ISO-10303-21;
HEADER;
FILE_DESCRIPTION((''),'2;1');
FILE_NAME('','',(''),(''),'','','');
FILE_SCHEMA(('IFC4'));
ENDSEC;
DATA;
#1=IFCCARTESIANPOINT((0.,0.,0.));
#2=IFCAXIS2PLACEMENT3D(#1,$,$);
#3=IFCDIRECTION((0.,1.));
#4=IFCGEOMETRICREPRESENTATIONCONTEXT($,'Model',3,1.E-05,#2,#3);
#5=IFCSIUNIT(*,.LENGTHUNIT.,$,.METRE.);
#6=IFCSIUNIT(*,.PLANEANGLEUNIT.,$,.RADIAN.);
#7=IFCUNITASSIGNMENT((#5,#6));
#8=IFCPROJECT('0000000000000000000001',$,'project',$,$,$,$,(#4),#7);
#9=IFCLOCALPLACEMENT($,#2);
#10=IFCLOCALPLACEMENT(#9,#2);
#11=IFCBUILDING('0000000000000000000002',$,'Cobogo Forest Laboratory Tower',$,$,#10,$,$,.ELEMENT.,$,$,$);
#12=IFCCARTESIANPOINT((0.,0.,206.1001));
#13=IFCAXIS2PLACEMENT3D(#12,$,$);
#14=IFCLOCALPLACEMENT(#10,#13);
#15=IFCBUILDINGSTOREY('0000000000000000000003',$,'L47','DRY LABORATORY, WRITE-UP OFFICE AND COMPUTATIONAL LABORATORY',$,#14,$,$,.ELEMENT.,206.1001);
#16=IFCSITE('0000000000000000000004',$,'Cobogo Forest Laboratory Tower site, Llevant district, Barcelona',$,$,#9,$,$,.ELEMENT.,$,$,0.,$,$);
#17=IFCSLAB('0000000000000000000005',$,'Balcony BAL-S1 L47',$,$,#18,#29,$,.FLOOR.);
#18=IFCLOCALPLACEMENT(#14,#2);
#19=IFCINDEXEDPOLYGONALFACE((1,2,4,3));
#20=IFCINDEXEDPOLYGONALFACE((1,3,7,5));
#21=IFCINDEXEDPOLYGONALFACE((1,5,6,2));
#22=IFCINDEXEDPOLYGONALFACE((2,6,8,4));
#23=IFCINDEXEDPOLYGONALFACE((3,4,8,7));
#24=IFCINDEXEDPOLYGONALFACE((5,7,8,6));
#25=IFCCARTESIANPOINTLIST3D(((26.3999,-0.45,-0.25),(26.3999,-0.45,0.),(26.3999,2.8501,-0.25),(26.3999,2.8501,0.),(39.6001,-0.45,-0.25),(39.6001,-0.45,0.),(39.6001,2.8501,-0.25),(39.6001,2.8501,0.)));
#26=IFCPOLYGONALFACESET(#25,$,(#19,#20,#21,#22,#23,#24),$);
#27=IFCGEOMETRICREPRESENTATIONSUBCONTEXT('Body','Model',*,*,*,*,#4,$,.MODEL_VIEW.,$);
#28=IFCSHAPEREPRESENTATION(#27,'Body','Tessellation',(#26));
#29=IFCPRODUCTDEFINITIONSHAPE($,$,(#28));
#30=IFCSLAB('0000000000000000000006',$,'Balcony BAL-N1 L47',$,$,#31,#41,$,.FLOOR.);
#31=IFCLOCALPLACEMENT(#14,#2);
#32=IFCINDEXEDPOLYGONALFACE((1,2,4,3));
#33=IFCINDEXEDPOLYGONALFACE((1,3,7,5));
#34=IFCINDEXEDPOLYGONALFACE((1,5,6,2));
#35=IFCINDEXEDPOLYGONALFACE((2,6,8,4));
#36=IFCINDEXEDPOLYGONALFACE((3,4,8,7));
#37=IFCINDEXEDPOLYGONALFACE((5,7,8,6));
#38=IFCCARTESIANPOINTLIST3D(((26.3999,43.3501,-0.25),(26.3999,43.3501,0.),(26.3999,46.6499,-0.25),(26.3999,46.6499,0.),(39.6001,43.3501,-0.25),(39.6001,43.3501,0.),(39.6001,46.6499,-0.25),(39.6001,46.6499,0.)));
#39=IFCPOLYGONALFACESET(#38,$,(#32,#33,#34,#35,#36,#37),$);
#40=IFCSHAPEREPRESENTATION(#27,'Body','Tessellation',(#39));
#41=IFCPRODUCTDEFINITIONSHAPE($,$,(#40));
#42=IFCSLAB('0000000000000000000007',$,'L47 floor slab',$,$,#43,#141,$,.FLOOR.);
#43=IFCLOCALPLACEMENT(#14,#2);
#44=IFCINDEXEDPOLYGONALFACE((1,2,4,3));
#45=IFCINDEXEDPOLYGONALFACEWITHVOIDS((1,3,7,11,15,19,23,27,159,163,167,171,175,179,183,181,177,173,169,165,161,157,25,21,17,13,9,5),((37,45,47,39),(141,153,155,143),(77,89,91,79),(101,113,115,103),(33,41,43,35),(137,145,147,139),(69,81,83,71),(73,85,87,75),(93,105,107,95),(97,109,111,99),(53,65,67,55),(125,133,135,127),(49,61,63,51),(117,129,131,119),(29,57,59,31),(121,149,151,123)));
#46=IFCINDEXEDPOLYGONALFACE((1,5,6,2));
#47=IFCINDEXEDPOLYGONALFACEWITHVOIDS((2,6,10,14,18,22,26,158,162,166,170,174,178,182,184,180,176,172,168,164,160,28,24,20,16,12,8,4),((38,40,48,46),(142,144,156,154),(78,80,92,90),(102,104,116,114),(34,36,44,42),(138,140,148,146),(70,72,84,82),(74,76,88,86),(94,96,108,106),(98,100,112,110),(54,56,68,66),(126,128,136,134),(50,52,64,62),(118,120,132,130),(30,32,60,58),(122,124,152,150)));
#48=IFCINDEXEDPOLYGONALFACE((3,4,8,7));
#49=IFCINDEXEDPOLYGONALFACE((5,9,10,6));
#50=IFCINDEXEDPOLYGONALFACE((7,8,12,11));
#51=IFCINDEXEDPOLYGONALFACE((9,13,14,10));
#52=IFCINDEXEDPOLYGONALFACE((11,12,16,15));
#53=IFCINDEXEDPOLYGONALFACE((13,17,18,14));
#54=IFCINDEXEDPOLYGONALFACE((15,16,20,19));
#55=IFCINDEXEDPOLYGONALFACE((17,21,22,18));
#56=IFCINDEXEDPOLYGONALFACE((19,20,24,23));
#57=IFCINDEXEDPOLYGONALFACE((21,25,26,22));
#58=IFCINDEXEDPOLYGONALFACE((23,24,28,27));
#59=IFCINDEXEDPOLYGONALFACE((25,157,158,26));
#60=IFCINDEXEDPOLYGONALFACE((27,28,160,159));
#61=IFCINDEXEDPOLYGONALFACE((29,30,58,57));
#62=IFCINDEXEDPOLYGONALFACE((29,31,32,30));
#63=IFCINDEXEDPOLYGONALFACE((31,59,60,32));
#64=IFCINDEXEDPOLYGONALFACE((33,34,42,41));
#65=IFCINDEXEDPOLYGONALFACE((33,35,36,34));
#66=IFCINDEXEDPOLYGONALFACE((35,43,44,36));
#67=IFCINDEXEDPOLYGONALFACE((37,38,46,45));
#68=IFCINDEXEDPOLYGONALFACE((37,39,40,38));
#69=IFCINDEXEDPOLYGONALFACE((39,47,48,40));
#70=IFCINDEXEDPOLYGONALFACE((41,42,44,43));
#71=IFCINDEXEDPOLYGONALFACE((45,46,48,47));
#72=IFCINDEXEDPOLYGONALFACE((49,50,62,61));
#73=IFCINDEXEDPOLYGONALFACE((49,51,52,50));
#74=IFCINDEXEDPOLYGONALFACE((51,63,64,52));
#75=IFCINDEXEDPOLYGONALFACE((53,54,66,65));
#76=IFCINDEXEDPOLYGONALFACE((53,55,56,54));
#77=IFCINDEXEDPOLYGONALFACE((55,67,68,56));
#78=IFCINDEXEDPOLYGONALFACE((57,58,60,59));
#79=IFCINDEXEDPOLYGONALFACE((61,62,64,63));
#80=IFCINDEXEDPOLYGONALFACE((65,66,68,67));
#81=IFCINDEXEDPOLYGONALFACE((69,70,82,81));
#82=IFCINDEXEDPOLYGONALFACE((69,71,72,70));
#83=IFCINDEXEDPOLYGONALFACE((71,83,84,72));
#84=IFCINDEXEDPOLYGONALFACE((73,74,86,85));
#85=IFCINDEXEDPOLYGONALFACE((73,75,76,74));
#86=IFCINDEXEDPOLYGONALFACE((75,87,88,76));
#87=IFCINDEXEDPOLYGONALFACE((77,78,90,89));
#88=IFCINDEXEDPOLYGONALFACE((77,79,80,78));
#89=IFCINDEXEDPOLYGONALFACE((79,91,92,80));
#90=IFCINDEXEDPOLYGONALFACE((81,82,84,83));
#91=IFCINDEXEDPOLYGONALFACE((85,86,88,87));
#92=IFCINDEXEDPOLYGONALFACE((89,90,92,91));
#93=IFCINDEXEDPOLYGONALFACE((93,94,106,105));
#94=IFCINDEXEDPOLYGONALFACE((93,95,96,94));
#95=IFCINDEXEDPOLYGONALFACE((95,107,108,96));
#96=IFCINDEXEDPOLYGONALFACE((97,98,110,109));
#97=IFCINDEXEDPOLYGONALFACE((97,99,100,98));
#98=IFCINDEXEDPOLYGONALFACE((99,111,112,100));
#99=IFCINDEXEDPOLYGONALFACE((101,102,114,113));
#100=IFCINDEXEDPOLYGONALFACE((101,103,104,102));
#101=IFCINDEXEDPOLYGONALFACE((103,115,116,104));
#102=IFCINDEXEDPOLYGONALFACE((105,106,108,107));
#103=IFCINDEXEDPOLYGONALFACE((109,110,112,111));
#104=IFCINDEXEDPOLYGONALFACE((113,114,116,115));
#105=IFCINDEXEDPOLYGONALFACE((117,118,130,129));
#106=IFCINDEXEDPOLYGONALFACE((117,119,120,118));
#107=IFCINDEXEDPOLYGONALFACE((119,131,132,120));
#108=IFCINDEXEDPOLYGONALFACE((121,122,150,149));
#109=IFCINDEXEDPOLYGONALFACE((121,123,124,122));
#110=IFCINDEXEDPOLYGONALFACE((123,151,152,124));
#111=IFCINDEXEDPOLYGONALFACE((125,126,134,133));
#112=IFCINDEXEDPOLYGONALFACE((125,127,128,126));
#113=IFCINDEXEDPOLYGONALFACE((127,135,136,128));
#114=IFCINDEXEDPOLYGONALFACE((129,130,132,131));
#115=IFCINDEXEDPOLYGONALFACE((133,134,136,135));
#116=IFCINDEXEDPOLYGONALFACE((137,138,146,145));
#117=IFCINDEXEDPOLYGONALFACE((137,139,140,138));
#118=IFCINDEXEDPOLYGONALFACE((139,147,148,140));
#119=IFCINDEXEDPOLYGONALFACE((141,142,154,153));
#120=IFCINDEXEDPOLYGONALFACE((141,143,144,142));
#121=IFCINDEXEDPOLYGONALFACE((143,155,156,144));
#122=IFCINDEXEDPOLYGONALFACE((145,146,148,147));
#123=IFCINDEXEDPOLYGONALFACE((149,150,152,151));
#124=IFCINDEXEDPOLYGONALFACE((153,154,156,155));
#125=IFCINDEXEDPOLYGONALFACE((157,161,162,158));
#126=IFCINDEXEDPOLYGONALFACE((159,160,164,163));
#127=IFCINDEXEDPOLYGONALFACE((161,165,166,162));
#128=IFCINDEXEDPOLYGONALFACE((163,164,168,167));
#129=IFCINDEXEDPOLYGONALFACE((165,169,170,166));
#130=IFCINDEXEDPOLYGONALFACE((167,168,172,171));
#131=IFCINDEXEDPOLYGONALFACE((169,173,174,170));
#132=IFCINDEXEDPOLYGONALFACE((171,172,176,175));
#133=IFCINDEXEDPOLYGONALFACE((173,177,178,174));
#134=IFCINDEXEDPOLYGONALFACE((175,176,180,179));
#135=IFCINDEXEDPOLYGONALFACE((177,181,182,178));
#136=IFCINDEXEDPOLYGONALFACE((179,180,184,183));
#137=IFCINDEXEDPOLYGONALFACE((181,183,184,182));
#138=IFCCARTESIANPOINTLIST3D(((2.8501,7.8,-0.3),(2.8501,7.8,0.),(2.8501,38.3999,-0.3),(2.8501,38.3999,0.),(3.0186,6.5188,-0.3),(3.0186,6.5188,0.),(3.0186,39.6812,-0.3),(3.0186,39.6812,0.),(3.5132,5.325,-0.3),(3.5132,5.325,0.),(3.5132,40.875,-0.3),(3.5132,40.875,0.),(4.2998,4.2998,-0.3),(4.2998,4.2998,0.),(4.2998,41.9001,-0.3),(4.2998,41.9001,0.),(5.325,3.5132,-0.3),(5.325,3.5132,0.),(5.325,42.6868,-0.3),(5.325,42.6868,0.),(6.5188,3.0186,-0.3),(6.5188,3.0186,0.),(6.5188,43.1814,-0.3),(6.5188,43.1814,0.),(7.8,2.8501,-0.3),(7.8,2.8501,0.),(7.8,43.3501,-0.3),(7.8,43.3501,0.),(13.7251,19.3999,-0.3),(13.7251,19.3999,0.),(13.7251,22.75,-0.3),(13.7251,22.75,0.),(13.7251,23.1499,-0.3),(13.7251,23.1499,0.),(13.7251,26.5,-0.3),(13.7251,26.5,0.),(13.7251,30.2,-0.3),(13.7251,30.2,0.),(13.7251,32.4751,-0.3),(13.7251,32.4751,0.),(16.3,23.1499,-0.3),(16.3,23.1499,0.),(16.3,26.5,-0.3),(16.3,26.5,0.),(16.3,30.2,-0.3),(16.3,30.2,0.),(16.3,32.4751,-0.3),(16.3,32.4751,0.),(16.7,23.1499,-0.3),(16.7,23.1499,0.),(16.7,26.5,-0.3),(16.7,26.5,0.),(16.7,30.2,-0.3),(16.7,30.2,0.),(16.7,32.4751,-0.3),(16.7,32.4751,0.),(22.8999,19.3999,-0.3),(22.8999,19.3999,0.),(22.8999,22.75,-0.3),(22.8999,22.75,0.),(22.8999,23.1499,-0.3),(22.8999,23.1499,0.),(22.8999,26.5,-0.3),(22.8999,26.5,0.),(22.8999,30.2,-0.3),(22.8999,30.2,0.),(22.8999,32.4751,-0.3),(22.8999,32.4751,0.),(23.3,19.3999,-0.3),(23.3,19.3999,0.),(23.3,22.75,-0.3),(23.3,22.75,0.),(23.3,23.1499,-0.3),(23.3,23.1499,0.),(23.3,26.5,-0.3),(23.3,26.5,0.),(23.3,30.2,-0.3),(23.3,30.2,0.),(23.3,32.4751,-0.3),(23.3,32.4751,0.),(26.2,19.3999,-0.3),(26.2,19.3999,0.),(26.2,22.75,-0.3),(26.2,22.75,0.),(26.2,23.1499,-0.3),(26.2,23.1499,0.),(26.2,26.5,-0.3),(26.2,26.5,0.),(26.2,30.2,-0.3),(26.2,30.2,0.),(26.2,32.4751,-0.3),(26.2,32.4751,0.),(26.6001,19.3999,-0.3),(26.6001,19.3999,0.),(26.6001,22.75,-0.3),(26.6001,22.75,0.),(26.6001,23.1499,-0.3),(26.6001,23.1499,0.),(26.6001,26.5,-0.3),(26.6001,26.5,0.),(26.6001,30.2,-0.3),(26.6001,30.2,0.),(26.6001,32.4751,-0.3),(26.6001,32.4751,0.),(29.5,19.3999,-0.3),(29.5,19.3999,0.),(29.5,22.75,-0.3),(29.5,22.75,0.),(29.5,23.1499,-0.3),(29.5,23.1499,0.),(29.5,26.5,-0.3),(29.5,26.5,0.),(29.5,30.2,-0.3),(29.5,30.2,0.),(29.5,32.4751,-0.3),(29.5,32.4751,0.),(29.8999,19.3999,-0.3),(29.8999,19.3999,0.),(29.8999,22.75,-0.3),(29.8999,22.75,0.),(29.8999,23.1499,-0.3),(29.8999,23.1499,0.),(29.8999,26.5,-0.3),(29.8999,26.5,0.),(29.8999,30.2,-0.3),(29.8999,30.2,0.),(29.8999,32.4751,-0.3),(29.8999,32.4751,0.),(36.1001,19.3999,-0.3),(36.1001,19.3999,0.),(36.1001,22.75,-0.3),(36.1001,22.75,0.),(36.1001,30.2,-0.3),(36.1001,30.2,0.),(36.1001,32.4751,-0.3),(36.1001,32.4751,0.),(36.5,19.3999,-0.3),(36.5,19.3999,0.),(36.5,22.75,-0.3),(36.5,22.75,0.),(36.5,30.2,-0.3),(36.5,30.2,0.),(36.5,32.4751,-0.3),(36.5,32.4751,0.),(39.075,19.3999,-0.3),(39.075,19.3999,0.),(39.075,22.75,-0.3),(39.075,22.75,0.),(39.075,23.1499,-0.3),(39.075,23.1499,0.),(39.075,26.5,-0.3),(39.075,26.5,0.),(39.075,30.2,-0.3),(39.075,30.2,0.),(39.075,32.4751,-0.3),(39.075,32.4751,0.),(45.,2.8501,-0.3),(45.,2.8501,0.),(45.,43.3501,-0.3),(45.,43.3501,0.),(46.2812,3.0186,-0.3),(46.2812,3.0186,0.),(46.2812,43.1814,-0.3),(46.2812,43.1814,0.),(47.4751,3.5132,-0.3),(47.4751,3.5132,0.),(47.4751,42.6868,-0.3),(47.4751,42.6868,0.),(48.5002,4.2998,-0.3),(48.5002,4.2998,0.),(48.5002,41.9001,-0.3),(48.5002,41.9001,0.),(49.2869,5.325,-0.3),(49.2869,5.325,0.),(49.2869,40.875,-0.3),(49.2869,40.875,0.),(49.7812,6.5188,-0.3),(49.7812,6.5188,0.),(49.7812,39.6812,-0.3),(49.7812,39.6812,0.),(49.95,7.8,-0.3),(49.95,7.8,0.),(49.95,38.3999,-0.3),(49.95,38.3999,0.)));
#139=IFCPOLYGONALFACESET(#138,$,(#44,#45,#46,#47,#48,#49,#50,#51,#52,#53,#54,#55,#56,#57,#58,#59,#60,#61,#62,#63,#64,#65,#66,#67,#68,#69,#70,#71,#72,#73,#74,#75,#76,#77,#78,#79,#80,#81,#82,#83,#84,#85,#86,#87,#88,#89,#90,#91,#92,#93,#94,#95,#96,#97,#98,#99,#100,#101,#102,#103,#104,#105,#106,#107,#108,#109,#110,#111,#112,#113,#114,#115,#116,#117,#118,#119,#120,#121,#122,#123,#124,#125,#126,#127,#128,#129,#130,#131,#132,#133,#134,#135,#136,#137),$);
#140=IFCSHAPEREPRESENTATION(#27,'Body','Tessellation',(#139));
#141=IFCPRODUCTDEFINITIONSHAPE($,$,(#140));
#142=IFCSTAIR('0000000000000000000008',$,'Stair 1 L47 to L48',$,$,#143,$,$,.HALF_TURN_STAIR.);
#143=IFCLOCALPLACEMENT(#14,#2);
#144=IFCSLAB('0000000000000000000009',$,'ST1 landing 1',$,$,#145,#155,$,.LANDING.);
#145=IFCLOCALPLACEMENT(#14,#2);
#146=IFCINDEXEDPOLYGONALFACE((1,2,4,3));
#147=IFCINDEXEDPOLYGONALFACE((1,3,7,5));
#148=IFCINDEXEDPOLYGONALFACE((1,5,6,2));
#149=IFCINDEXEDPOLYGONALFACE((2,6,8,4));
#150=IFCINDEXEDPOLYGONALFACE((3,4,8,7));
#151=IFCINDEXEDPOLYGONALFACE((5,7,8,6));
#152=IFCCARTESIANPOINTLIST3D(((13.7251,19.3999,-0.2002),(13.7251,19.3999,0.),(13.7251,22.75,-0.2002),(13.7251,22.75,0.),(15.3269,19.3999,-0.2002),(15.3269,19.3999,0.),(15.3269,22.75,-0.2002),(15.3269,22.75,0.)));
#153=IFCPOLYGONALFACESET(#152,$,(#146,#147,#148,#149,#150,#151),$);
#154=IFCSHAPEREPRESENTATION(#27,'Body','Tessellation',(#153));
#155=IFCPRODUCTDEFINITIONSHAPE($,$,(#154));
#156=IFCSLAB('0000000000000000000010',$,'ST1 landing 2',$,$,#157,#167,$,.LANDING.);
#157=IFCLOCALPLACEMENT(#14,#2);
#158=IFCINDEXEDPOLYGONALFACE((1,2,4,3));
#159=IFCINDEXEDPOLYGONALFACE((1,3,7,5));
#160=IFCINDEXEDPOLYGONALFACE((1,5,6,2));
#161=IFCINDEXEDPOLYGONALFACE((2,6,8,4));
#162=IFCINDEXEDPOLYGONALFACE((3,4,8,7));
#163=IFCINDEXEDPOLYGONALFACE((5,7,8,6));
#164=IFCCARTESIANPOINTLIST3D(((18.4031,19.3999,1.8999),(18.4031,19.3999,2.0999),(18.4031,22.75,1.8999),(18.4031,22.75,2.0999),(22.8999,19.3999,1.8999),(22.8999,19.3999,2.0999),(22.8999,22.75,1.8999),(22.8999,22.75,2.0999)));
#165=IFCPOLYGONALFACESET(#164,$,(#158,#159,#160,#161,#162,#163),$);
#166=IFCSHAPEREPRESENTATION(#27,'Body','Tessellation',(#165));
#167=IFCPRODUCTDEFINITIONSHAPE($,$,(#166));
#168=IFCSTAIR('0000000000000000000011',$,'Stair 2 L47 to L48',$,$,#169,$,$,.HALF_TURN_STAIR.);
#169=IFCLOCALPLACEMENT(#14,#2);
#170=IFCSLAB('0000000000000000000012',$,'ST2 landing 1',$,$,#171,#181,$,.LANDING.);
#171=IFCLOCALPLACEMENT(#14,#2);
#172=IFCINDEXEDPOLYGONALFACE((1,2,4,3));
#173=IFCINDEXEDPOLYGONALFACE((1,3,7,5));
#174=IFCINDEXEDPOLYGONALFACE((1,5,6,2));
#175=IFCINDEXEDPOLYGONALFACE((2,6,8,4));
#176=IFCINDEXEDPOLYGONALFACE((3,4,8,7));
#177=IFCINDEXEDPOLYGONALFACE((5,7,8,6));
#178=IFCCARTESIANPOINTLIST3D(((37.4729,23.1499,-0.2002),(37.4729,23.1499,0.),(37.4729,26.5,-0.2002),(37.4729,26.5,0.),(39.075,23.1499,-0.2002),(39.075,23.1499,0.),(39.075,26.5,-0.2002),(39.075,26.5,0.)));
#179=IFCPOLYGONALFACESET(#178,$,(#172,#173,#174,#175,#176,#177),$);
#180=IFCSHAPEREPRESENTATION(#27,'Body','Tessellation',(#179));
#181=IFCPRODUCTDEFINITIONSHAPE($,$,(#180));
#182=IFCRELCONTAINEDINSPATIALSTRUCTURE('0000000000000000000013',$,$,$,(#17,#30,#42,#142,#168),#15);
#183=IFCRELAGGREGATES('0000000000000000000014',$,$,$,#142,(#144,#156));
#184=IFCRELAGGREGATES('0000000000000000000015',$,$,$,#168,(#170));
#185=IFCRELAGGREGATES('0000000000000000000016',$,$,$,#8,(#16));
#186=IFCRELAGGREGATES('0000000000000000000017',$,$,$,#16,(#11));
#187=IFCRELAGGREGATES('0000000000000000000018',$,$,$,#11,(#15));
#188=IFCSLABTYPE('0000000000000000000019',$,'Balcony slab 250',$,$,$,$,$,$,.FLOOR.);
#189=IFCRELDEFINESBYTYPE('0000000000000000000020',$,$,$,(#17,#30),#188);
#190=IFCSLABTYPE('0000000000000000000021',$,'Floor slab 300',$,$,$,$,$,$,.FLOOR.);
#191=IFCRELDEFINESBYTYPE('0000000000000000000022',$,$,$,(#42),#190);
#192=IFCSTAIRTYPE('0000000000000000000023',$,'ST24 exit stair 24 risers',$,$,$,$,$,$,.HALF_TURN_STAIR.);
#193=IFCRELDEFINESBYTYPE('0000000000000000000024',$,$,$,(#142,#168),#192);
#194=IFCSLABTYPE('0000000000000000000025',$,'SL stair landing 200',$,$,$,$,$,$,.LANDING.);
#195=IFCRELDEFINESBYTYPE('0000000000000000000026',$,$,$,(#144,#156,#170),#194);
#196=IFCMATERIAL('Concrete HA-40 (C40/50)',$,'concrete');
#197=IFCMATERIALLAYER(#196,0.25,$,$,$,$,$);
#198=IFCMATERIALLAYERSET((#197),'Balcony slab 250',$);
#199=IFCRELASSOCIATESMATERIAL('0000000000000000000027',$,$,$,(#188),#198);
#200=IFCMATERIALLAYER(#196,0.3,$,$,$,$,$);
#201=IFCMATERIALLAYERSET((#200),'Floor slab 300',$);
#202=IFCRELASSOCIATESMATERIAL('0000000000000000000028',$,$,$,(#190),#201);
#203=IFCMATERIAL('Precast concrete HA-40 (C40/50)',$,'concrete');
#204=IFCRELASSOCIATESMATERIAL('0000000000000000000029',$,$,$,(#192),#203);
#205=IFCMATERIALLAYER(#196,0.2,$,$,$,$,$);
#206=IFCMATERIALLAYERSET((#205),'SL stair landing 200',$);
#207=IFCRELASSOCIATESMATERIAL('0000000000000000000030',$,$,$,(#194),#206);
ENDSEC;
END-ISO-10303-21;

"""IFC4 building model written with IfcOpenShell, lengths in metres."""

from ifc_helpers import new_model, si_unit, direction, frame, origin, place, context, subcontext, project, spatial, polyline, outline, extrude, material, layer, layer_set, type_object, element, aggregate, save


model = new_model("IFC4")

# Units and contexts
model_context = context("Model", 3, precision=1e-05, world=origin(), true_north=direction((0.0, 1.0)))
body_context = subcontext(model_context, "Body", "Model", "MODEL_VIEW")
ifc_project = project(units=[si_unit("LENGTHUNIT", "METRE"), si_unit("PLANEANGLEUNIT", "RADIAN")], contexts=[model_context])

# Site, building, storey
site_placement = place(None, origin())
site = spatial("IfcSite", under=ifc_project, at=site_placement, Name="Cobogo Forest Laboratory Tower site, Llevant district, Barcelona", CompositionType="ELEMENT", RefElevation=0.0)
building_placement = place(site_placement, origin())
building = spatial("IfcBuilding", under=site, at=building_placement, Name="Cobogo Forest Laboratory Tower", CompositionType="ELEMENT")
storey_placement = place(building_placement, frame((0.0, 0.0, 206.1001)))
storey = spatial("IfcBuildingStorey", under=building, at=storey_placement, Name="L47", Description="DRY LABORATORY, WRITE-UP OFFICE AND COMPUTATIONAL LABORATORY", CompositionType="ELEMENT", Elevation=206.1001)

# Slabs
ifc_material_1 = material(Name="Concrete HA-40 (C40/50)", Category="concrete")
ifc_layer_1 = layer(ifc_material_1, 0.25)
ifc_layer_set_1 = layer_set([ifc_layer_1], Name="Balcony slab 250")
slab_type_1 = type_object("IfcSlabType", Name="Balcony slab 250", PredefinedType="FLOOR", material=ifc_layer_set_1)
slab_1_placement = place(storey_placement, frame((0.0, 0.0, -0.25)))
element("IfcSlab", 1, at=slab_1_placement, inside=storey, type_object=slab_type_1, Name="Balcony BAL-S1 L47", PredefinedType="FLOOR", context=body_context, shape_type="SweptSolid", body=[
    extrude(outline(polyline([(26.3999, -0.45), (39.6001, -0.45), (39.6001, 2.8501), (26.3999, 2.8501), (26.3999, -0.45)])), origin(), (0.0, 0.0, 1.0), 0.25),
])
slab_2_placement = place(storey_placement, frame((0.0, 0.0, -0.25)))
element("IfcSlab", 2, at=slab_2_placement, inside=storey, type_object=slab_type_1, Name="Balcony BAL-N1 L47", PredefinedType="FLOOR", context=body_context, shape_type="SweptSolid", body=[
    extrude(outline(polyline([(26.3999, 43.3501), (39.6001, 43.3501), (39.6001, 46.6499), (26.3999, 46.6499), (26.3999, 43.3501)])), origin(), (0.0, 0.0, 1.0), 0.25),
])
ifc_layer_2 = layer(ifc_material_1, 0.3)
ifc_layer_set_2 = layer_set([ifc_layer_2], Name="Floor slab 300")
slab_type_2 = type_object("IfcSlabType", Name="Floor slab 300", PredefinedType="FLOOR", material=ifc_layer_set_2)
slab_3_placement = place(storey_placement, frame((0.0, 0.0, -0.3)))
element("IfcSlab", 3, at=slab_3_placement, inside=storey, type_object=slab_type_2, Name="L47 floor slab", PredefinedType="FLOOR", context=body_context, shape_type="SweptSolid", body=[
    extrude(outline(polyline([(45.0, 2.8501), (46.2812, 3.0186), (47.4751, 3.5132), (48.5002, 4.2998), (49.2869, 5.325), (49.7812, 6.5188), (49.95, 7.8), (49.95, 38.3999), (49.7812, 39.6812), (49.2869, 40.875), (48.5002, 41.9001), (47.4751, 42.6868), (46.2812, 43.1814), (45.0, 43.3501), (7.8, 43.3501), (6.5188, 43.1814), (5.325, 42.6868), (4.2998, 41.9001), (3.5132, 40.875), (3.0186, 39.6812), (2.8501, 38.3999), (2.8501, 7.8), (3.0186, 6.5188), (3.5132, 5.325), (4.2998, 4.2998), (5.325, 3.5132), (6.5188, 3.0186), (7.8, 2.8501), (45.0, 2.8501)]), holes=[polyline([(22.8999, 19.3999), (13.7251, 19.3999), (13.7251, 22.75), (22.8999, 22.75), (22.8999, 19.3999)]), polyline([(26.2, 19.3999), (23.3, 19.3999), (23.3, 22.75), (26.2, 22.75), (26.2, 19.3999)]), polyline([(29.5, 19.3999), (26.6001, 19.3999), (26.6001, 22.75), (29.5, 22.75), (29.5, 19.3999)]), polyline([(36.1001, 22.75), (36.1001, 19.3999), (29.8999, 19.3999), (29.8999, 22.75), (36.1001, 22.75)]), polyline([(36.5, 19.3999), (36.5, 22.75), (39.075, 22.75), (39.075, 19.3999), (36.5, 19.3999)]), polyline([(16.3, 23.1499), (13.7251, 23.1499), (13.7251, 26.5), (16.3, 26.5), (16.3, 23.1499)]), polyline([(22.8999, 26.5), (22.8999, 23.1499), (16.7, 23.1499), (16.7, 26.5), (22.8999, 26.5)]), polyline([(26.2, 23.1499), (23.3, 23.1499), (23.3, 26.5), (26.2, 26.5), (26.2, 23.1499)]), polyline([(26.6001, 23.1499), (26.6001, 26.5), (29.5, 26.5), (29.5, 23.1499), (26.6001, 23.1499)]), polyline([(39.075, 23.1499), (29.8999, 23.1499), (29.8999, 26.5), (39.075, 26.5), (39.075, 23.1499)]), polyline([(16.3, 30.2), (13.7251, 30.2), (13.7251, 32.4751), (16.3, 32.4751), (16.3, 30.2)]), polyline([(22.8999, 32.4751), (22.8999, 30.2), (16.7, 30.2), (16.7, 32.4751), (22.8999, 32.4751)]), polyline([(23.3, 30.2), (23.3, 32.4751), (26.2, 32.4751), (26.2, 30.2), (23.3, 30.2)]), polyline([(29.5, 30.2), (26.6001, 30.2), (26.6001, 32.4751), (29.5, 32.4751), (29.5, 30.2)]), polyline([(36.1001, 32.4751), (36.1001, 30.2), (29.8999, 30.2), (29.8999, 32.4751), (36.1001, 32.4751)]), polyline([(36.5, 30.2), (36.5, 32.4751), (39.075, 32.4751), (39.075, 30.2), (36.5, 30.2)])]), origin(), (0.0, 0.0, 1.0), 0.3),
])

# Stairs, slabs
ifc_material_2 = material(Name="Precast concrete HA-40 (C40/50)", Category="concrete")
stair_type = type_object("IfcStairType", Name="ST24 exit stair 24 risers", PredefinedType="HALF_TURN_STAIR", material=ifc_material_2)
stair_1_placement = place(storey_placement, origin())
stair_1 = element("IfcStair", 4, at=stair_1_placement, inside=storey, type_object=stair_type, Name="Stair 1 L47 to L48", PredefinedType="HALF_TURN_STAIR")
ifc_layer_3 = layer(ifc_material_1, 0.2)
ifc_layer_set_3 = layer_set([ifc_layer_3], Name="SL stair landing 200")
slab_type_3 = type_object("IfcSlabType", Name="SL stair landing 200", PredefinedType="LANDING", material=ifc_layer_set_3)
slab_4_placement = place(storey_placement, frame((0.0, 0.0, -0.2002)))
slab_4 = element("IfcSlab", 5, at=slab_4_placement, type_object=slab_type_3, Name="ST1 landing 1", PredefinedType="LANDING", context=body_context, shape_type="SweptSolid", body=[
    extrude(outline(polyline([(13.7251, 19.3999), (15.3269, 19.3999), (15.3269, 22.75), (13.7251, 22.75), (13.7251, 19.3999)])), origin(), (0.0, 0.0, 1.0), 0.2002),
])
slab_5_placement = place(storey_placement, frame((0.0, 0.0, 1.8999)))
slab_5 = element("IfcSlab", 6, at=slab_5_placement, type_object=slab_type_3, Name="ST1 landing 2", PredefinedType="LANDING", context=body_context, shape_type="SweptSolid", body=[
    extrude(outline(polyline([(18.4031, 19.3999), (22.8999, 19.3999), (22.8999, 22.75), (18.4031, 22.75), (18.4031, 19.3999)])), origin(), (0.0, 0.0, 1.0), 0.2),
])
aggregate(stair_1, [slab_4, slab_5])
stair_2_placement = place(storey_placement, origin())
stair_2 = element("IfcStair", 7, at=stair_2_placement, inside=storey, type_object=stair_type, Name="Stair 2 L47 to L48", PredefinedType="HALF_TURN_STAIR")
slab_6_placement = place(storey_placement, frame((0.0, 0.0, -0.2002)))
slab_6 = element("IfcSlab", 8, at=slab_6_placement, type_object=slab_type_3, Name="ST2 landing 1", PredefinedType="LANDING", context=body_context, shape_type="SweptSolid", body=[
    extrude(outline(polyline([(37.4729, 23.1499), (39.075, 23.1499), (39.075, 26.5), (37.4729, 26.5), (37.4729, 23.1499)])), origin(), (0.0, 0.0, 1.0), 0.2002),
])
aggregate(stair_2, [slab_6])

save(model, "model.ifc")
